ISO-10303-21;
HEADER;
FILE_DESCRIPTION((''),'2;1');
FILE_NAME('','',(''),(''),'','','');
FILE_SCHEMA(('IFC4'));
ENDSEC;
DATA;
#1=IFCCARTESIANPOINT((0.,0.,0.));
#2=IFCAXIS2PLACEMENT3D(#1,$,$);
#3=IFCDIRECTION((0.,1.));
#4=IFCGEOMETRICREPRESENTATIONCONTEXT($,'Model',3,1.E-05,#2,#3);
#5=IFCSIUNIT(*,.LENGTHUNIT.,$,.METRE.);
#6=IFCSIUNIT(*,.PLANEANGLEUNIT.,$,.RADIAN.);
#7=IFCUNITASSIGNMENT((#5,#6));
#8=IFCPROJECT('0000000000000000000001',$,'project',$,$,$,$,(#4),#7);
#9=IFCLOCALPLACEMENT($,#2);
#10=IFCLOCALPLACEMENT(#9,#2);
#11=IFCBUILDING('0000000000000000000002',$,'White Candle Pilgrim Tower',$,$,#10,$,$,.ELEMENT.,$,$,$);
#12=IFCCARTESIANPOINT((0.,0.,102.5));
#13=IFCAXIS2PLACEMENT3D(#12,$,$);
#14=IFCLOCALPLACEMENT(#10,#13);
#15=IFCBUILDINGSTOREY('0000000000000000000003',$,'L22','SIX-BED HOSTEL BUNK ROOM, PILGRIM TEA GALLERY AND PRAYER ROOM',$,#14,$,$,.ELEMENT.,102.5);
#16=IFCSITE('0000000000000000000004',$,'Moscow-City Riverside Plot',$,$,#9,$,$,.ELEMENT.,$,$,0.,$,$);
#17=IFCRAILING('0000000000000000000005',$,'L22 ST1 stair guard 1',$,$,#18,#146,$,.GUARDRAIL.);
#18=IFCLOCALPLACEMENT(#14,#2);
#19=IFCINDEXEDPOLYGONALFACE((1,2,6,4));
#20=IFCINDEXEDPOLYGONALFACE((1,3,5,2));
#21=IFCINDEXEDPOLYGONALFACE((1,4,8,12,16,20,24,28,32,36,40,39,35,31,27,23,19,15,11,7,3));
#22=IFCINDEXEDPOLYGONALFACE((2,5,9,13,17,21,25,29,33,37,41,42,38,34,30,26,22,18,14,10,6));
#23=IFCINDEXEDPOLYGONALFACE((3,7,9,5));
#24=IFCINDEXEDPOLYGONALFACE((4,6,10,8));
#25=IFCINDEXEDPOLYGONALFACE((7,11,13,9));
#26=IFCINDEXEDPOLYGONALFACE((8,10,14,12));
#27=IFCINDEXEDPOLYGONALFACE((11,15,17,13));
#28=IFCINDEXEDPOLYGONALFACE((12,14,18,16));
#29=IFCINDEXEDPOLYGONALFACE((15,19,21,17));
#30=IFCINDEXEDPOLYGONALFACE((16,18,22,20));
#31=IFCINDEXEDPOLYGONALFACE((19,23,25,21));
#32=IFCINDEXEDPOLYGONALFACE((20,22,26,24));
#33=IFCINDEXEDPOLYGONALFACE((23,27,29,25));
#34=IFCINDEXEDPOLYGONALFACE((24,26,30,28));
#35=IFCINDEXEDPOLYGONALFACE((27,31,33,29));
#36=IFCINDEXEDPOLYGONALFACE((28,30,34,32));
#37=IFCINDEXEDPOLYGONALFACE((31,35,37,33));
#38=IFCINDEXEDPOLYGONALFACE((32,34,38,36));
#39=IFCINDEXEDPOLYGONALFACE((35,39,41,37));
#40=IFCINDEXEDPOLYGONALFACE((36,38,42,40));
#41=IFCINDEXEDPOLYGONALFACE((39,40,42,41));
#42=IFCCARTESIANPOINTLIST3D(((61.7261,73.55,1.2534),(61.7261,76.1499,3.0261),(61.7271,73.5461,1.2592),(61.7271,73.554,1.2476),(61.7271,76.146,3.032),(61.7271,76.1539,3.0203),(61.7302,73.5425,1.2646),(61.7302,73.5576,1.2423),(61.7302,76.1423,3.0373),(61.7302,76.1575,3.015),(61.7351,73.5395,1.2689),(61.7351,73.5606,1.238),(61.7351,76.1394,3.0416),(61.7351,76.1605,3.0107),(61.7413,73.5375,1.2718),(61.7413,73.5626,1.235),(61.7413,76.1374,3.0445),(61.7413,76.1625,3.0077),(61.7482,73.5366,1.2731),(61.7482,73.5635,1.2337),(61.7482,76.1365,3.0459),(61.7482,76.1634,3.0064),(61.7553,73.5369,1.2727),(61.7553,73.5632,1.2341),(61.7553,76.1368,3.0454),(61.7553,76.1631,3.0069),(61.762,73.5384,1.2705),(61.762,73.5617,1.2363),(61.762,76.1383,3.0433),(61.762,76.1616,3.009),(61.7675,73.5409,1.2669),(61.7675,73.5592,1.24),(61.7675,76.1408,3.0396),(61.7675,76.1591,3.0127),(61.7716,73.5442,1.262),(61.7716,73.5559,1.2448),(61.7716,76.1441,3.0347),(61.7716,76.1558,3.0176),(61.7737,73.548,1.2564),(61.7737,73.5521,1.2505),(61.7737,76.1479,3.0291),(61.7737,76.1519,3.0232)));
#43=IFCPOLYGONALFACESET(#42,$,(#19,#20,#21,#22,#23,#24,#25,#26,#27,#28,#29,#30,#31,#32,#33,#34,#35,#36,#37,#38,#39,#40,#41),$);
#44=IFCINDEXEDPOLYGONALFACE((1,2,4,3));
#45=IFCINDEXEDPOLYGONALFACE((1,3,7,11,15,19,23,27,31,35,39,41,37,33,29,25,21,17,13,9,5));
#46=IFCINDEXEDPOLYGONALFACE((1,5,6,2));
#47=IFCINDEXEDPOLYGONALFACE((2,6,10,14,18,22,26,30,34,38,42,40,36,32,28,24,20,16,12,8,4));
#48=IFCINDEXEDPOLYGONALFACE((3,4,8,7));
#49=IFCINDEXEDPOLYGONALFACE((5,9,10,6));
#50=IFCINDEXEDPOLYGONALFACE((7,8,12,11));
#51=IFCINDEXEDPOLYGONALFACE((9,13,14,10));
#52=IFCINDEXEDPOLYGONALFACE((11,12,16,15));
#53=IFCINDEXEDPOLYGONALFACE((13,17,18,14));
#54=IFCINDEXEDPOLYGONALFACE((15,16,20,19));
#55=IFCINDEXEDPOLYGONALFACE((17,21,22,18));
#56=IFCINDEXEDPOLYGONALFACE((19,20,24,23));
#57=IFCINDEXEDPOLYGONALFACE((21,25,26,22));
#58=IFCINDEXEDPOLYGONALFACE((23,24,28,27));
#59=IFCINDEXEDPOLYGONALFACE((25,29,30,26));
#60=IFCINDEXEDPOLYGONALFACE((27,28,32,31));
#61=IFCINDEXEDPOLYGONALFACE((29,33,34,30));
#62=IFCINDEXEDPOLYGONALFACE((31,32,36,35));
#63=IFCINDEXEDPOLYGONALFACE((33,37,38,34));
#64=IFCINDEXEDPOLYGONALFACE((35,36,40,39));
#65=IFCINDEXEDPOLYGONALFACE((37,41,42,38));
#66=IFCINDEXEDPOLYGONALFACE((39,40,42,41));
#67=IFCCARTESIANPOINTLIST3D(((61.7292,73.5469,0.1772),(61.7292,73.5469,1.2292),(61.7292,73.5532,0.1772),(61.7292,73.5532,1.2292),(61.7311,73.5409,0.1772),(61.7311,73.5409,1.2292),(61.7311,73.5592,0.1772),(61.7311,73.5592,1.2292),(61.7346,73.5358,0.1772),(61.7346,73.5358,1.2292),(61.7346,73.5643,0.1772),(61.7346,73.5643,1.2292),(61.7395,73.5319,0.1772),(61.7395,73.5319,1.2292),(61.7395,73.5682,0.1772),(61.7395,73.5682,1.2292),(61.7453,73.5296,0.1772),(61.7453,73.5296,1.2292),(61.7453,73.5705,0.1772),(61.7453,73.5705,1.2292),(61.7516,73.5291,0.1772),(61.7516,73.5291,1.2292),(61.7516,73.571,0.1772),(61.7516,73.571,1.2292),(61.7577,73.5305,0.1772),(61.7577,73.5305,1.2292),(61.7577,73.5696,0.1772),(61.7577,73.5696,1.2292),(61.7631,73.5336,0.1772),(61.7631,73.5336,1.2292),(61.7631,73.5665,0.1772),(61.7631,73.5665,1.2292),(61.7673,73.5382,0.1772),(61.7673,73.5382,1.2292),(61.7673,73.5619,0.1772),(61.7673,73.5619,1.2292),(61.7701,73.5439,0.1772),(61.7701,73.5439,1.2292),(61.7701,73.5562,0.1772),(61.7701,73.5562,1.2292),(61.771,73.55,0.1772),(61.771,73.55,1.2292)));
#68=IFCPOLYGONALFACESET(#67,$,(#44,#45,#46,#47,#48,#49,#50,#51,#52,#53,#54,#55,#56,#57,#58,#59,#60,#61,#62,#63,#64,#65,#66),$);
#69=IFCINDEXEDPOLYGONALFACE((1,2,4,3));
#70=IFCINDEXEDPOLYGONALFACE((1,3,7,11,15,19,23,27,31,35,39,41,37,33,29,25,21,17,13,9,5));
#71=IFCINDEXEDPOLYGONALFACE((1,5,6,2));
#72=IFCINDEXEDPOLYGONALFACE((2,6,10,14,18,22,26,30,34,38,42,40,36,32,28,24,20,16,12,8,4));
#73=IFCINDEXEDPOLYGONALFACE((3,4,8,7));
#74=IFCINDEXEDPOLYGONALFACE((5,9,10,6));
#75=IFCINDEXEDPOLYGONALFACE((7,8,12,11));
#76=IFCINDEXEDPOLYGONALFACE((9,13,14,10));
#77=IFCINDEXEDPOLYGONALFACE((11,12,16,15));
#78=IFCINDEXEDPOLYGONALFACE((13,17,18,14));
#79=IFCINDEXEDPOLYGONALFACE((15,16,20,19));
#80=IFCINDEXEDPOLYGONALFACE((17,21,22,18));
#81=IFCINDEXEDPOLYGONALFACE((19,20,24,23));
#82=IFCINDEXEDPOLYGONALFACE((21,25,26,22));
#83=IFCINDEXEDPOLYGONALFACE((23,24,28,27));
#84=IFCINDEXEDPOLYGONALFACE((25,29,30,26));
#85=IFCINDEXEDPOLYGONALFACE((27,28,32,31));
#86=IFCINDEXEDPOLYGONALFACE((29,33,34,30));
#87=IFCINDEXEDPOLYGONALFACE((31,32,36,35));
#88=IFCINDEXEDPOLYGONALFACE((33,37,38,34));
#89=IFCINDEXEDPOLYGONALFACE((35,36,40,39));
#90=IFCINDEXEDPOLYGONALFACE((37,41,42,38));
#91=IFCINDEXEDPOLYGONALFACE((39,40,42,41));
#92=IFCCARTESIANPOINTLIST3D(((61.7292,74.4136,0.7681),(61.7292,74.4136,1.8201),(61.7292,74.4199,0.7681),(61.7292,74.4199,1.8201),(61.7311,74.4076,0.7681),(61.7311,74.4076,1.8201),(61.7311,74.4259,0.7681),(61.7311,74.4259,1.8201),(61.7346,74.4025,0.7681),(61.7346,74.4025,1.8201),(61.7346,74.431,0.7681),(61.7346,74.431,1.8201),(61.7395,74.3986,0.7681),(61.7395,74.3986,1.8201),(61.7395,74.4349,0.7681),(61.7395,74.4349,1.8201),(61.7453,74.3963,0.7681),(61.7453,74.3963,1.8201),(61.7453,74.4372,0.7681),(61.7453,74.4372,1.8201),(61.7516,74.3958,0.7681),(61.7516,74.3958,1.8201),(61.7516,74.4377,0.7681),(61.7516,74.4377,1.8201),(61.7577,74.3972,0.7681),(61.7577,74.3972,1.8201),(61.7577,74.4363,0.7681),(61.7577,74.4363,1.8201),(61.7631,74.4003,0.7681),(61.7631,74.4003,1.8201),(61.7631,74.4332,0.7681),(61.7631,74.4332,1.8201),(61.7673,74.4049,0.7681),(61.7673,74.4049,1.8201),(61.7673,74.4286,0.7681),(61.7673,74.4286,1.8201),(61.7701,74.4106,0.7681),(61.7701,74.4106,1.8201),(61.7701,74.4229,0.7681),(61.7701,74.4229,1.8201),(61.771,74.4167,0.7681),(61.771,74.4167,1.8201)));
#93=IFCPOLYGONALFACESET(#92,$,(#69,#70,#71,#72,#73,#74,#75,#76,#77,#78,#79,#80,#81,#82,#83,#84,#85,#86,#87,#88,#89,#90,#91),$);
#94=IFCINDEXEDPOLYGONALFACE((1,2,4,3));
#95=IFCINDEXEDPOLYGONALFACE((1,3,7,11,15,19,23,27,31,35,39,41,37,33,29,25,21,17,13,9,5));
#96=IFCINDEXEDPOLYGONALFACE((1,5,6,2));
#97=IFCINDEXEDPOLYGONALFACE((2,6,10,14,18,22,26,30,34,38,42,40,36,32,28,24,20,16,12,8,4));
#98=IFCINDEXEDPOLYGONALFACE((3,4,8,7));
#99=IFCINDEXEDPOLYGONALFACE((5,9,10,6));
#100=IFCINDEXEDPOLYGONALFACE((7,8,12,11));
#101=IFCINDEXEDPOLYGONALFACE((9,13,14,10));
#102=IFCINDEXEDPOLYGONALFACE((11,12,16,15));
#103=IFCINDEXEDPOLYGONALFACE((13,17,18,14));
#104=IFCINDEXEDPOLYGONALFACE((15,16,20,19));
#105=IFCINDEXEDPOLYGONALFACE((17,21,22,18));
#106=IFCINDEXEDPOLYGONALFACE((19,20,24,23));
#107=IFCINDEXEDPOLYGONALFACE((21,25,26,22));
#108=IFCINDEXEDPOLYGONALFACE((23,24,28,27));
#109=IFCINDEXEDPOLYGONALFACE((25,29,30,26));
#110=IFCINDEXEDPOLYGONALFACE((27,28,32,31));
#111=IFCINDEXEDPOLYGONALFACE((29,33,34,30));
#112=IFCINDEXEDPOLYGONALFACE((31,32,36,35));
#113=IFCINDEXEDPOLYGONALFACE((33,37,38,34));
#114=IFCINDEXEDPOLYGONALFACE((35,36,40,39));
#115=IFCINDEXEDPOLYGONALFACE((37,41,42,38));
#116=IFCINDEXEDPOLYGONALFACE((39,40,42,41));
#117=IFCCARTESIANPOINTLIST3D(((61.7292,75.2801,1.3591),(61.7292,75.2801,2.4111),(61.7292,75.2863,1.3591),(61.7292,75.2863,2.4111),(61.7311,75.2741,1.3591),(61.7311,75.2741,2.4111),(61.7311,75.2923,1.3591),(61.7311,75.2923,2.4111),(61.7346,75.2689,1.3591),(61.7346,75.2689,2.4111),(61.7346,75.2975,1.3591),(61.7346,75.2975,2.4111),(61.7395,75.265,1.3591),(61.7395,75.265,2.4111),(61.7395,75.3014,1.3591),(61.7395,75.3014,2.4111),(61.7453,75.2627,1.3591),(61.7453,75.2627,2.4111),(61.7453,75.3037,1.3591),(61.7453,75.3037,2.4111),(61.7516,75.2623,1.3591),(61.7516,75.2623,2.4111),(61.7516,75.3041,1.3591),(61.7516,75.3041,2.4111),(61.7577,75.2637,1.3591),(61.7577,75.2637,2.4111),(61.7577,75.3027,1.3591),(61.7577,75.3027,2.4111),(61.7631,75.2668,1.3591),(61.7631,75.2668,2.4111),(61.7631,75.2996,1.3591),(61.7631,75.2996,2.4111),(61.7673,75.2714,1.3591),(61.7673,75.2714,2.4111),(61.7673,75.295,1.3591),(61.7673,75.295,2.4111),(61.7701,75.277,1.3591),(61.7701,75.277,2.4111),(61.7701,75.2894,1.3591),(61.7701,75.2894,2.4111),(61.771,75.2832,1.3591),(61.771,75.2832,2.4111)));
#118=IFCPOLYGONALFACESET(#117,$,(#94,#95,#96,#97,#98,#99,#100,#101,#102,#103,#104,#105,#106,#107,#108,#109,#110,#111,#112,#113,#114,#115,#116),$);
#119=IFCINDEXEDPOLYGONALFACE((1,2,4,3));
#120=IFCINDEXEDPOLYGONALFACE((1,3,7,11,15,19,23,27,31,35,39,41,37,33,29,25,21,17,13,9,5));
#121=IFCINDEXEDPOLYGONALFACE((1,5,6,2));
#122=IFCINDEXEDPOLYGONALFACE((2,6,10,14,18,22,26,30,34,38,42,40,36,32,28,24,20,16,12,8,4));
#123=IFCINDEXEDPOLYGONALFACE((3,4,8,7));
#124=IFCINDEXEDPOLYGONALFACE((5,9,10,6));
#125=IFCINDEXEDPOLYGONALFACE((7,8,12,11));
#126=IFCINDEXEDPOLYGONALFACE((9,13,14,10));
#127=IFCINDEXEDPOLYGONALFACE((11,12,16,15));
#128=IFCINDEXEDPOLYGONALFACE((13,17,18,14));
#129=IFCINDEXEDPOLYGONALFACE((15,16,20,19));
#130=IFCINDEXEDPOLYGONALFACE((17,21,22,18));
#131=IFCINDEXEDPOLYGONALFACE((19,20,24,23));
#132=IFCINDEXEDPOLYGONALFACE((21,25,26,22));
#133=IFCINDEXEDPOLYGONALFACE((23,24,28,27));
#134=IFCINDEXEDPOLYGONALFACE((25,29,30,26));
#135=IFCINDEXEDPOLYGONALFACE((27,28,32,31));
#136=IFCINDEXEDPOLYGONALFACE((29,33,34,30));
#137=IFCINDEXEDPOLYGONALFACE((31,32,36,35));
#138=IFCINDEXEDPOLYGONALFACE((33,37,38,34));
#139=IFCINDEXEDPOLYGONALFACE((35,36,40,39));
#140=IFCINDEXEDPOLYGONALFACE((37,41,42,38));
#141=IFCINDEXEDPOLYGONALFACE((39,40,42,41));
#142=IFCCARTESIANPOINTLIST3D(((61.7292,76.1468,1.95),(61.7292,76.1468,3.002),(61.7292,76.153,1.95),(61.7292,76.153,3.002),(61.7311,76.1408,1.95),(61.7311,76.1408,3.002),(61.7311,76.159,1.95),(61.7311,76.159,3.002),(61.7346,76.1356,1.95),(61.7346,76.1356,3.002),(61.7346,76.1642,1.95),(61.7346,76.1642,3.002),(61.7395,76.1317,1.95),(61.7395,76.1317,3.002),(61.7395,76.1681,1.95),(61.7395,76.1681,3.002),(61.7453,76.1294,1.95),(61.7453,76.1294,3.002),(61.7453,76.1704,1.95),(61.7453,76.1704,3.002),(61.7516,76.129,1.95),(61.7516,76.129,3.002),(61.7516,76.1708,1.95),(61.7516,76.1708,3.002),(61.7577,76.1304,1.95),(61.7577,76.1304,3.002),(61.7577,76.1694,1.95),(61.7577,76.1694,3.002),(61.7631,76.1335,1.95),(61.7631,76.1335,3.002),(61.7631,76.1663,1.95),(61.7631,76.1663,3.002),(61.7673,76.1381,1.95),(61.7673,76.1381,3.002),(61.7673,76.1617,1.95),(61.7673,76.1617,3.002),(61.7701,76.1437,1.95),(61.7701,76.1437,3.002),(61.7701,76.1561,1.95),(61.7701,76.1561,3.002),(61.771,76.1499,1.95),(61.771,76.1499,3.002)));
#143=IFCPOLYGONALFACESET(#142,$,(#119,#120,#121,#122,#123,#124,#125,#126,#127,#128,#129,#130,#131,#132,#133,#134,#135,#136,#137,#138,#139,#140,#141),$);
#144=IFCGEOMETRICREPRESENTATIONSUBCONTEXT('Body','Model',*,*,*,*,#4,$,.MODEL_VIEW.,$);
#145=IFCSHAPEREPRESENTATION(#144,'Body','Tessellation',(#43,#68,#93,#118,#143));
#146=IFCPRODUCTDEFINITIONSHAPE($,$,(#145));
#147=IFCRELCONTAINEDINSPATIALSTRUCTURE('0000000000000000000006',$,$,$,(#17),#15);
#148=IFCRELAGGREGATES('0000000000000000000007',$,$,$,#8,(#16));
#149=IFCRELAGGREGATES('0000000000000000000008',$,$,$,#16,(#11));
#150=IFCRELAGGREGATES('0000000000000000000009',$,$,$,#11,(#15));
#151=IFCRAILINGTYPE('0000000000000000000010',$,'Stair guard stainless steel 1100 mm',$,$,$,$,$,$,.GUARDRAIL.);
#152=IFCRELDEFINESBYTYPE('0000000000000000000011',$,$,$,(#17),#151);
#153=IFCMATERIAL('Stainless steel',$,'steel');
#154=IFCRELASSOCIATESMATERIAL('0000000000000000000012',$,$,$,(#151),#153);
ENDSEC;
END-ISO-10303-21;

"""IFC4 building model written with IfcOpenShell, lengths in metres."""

from ifc_helpers import new_model, si_unit, direction, frame, origin, origin_2d, place, context, subcontext, project, spatial, circle, extrude, material, type_object, element, save


model = new_model("IFC4")

# Units and contexts
model_context = context("Model", 3, precision=1e-05, world=origin(), true_north=direction((0.0, 1.0)))
body_context = subcontext(model_context, "Body", "Model", "MODEL_VIEW")
ifc_project = project(units=[si_unit("LENGTHUNIT", "METRE"), si_unit("PLANEANGLEUNIT", "RADIAN")], contexts=[model_context])

# Site, building, storey
site_placement = place(None, origin())
site = spatial("IfcSite", under=ifc_project, at=site_placement, Name="Moscow-City Riverside Plot", CompositionType="ELEMENT", RefElevation=0.0)
building_placement = place(site_placement, origin())
building = spatial("IfcBuilding", under=site, at=building_placement, Name="White Candle Pilgrim Tower", CompositionType="ELEMENT")
storey_placement = place(building_placement, frame((0.0, 0.0, 102.5)))
storey = spatial("IfcBuildingStorey", under=building, at=storey_placement, Name="L22", Description="SIX-BED HOSTEL BUNK ROOM, PILGRIM TEA GALLERY AND PRAYER ROOM", CompositionType="ELEMENT", Elevation=102.5)

# Shared definitions
ifc_material_1 = material(Name="Stainless steel", Category="steel")

# Railing
railing_type_1 = type_object("IfcRailingType", Name="Stair guard stainless steel 1100 mm", PredefinedType="GUARDRAIL", material=ifc_material_1)
railing_1_placement = place(storey_placement, frame((61.75, 73.55, 0.1772)))
element("IfcRailing", 1, at=railing_1_placement, inside=storey, type_object=railing_type_1, Name="L22 ST1 stair guard 1", PredefinedType="GUARDRAIL", context=body_context, shape_type="SweptSolid", body=[
    extrude(circle(Radius=0.0239, at=origin_2d()), frame((0.0, 0.0, 1.0762), z_axis=(0.0, 0.826216, 0.563354), x_axis=(-1.0, 0.0, 0.0)), (0.0, 0.0, 1.0), 3.1467),
    extrude(circle(Radius=0.021, at=origin_2d()), origin(), (0.0, 0.0, 1.0), 1.052),
    extrude(circle(Radius=0.021, at=origin_2d()), frame((0.0, 0.8667, 0.5908)), (0.0, 0.0, 1.0), 1.052),
    extrude(circle(Radius=0.021, at=origin_2d()), frame((0.0, 1.7332, 1.1819)), (0.0, 0.0, 1.0), 1.052),
    extrude(circle(Radius=0.021, at=origin_2d()), frame((0.0, 2.5999, 1.7727)), (0.0, 0.0, 1.0), 1.052),
])

save(model, "model.ifc")
